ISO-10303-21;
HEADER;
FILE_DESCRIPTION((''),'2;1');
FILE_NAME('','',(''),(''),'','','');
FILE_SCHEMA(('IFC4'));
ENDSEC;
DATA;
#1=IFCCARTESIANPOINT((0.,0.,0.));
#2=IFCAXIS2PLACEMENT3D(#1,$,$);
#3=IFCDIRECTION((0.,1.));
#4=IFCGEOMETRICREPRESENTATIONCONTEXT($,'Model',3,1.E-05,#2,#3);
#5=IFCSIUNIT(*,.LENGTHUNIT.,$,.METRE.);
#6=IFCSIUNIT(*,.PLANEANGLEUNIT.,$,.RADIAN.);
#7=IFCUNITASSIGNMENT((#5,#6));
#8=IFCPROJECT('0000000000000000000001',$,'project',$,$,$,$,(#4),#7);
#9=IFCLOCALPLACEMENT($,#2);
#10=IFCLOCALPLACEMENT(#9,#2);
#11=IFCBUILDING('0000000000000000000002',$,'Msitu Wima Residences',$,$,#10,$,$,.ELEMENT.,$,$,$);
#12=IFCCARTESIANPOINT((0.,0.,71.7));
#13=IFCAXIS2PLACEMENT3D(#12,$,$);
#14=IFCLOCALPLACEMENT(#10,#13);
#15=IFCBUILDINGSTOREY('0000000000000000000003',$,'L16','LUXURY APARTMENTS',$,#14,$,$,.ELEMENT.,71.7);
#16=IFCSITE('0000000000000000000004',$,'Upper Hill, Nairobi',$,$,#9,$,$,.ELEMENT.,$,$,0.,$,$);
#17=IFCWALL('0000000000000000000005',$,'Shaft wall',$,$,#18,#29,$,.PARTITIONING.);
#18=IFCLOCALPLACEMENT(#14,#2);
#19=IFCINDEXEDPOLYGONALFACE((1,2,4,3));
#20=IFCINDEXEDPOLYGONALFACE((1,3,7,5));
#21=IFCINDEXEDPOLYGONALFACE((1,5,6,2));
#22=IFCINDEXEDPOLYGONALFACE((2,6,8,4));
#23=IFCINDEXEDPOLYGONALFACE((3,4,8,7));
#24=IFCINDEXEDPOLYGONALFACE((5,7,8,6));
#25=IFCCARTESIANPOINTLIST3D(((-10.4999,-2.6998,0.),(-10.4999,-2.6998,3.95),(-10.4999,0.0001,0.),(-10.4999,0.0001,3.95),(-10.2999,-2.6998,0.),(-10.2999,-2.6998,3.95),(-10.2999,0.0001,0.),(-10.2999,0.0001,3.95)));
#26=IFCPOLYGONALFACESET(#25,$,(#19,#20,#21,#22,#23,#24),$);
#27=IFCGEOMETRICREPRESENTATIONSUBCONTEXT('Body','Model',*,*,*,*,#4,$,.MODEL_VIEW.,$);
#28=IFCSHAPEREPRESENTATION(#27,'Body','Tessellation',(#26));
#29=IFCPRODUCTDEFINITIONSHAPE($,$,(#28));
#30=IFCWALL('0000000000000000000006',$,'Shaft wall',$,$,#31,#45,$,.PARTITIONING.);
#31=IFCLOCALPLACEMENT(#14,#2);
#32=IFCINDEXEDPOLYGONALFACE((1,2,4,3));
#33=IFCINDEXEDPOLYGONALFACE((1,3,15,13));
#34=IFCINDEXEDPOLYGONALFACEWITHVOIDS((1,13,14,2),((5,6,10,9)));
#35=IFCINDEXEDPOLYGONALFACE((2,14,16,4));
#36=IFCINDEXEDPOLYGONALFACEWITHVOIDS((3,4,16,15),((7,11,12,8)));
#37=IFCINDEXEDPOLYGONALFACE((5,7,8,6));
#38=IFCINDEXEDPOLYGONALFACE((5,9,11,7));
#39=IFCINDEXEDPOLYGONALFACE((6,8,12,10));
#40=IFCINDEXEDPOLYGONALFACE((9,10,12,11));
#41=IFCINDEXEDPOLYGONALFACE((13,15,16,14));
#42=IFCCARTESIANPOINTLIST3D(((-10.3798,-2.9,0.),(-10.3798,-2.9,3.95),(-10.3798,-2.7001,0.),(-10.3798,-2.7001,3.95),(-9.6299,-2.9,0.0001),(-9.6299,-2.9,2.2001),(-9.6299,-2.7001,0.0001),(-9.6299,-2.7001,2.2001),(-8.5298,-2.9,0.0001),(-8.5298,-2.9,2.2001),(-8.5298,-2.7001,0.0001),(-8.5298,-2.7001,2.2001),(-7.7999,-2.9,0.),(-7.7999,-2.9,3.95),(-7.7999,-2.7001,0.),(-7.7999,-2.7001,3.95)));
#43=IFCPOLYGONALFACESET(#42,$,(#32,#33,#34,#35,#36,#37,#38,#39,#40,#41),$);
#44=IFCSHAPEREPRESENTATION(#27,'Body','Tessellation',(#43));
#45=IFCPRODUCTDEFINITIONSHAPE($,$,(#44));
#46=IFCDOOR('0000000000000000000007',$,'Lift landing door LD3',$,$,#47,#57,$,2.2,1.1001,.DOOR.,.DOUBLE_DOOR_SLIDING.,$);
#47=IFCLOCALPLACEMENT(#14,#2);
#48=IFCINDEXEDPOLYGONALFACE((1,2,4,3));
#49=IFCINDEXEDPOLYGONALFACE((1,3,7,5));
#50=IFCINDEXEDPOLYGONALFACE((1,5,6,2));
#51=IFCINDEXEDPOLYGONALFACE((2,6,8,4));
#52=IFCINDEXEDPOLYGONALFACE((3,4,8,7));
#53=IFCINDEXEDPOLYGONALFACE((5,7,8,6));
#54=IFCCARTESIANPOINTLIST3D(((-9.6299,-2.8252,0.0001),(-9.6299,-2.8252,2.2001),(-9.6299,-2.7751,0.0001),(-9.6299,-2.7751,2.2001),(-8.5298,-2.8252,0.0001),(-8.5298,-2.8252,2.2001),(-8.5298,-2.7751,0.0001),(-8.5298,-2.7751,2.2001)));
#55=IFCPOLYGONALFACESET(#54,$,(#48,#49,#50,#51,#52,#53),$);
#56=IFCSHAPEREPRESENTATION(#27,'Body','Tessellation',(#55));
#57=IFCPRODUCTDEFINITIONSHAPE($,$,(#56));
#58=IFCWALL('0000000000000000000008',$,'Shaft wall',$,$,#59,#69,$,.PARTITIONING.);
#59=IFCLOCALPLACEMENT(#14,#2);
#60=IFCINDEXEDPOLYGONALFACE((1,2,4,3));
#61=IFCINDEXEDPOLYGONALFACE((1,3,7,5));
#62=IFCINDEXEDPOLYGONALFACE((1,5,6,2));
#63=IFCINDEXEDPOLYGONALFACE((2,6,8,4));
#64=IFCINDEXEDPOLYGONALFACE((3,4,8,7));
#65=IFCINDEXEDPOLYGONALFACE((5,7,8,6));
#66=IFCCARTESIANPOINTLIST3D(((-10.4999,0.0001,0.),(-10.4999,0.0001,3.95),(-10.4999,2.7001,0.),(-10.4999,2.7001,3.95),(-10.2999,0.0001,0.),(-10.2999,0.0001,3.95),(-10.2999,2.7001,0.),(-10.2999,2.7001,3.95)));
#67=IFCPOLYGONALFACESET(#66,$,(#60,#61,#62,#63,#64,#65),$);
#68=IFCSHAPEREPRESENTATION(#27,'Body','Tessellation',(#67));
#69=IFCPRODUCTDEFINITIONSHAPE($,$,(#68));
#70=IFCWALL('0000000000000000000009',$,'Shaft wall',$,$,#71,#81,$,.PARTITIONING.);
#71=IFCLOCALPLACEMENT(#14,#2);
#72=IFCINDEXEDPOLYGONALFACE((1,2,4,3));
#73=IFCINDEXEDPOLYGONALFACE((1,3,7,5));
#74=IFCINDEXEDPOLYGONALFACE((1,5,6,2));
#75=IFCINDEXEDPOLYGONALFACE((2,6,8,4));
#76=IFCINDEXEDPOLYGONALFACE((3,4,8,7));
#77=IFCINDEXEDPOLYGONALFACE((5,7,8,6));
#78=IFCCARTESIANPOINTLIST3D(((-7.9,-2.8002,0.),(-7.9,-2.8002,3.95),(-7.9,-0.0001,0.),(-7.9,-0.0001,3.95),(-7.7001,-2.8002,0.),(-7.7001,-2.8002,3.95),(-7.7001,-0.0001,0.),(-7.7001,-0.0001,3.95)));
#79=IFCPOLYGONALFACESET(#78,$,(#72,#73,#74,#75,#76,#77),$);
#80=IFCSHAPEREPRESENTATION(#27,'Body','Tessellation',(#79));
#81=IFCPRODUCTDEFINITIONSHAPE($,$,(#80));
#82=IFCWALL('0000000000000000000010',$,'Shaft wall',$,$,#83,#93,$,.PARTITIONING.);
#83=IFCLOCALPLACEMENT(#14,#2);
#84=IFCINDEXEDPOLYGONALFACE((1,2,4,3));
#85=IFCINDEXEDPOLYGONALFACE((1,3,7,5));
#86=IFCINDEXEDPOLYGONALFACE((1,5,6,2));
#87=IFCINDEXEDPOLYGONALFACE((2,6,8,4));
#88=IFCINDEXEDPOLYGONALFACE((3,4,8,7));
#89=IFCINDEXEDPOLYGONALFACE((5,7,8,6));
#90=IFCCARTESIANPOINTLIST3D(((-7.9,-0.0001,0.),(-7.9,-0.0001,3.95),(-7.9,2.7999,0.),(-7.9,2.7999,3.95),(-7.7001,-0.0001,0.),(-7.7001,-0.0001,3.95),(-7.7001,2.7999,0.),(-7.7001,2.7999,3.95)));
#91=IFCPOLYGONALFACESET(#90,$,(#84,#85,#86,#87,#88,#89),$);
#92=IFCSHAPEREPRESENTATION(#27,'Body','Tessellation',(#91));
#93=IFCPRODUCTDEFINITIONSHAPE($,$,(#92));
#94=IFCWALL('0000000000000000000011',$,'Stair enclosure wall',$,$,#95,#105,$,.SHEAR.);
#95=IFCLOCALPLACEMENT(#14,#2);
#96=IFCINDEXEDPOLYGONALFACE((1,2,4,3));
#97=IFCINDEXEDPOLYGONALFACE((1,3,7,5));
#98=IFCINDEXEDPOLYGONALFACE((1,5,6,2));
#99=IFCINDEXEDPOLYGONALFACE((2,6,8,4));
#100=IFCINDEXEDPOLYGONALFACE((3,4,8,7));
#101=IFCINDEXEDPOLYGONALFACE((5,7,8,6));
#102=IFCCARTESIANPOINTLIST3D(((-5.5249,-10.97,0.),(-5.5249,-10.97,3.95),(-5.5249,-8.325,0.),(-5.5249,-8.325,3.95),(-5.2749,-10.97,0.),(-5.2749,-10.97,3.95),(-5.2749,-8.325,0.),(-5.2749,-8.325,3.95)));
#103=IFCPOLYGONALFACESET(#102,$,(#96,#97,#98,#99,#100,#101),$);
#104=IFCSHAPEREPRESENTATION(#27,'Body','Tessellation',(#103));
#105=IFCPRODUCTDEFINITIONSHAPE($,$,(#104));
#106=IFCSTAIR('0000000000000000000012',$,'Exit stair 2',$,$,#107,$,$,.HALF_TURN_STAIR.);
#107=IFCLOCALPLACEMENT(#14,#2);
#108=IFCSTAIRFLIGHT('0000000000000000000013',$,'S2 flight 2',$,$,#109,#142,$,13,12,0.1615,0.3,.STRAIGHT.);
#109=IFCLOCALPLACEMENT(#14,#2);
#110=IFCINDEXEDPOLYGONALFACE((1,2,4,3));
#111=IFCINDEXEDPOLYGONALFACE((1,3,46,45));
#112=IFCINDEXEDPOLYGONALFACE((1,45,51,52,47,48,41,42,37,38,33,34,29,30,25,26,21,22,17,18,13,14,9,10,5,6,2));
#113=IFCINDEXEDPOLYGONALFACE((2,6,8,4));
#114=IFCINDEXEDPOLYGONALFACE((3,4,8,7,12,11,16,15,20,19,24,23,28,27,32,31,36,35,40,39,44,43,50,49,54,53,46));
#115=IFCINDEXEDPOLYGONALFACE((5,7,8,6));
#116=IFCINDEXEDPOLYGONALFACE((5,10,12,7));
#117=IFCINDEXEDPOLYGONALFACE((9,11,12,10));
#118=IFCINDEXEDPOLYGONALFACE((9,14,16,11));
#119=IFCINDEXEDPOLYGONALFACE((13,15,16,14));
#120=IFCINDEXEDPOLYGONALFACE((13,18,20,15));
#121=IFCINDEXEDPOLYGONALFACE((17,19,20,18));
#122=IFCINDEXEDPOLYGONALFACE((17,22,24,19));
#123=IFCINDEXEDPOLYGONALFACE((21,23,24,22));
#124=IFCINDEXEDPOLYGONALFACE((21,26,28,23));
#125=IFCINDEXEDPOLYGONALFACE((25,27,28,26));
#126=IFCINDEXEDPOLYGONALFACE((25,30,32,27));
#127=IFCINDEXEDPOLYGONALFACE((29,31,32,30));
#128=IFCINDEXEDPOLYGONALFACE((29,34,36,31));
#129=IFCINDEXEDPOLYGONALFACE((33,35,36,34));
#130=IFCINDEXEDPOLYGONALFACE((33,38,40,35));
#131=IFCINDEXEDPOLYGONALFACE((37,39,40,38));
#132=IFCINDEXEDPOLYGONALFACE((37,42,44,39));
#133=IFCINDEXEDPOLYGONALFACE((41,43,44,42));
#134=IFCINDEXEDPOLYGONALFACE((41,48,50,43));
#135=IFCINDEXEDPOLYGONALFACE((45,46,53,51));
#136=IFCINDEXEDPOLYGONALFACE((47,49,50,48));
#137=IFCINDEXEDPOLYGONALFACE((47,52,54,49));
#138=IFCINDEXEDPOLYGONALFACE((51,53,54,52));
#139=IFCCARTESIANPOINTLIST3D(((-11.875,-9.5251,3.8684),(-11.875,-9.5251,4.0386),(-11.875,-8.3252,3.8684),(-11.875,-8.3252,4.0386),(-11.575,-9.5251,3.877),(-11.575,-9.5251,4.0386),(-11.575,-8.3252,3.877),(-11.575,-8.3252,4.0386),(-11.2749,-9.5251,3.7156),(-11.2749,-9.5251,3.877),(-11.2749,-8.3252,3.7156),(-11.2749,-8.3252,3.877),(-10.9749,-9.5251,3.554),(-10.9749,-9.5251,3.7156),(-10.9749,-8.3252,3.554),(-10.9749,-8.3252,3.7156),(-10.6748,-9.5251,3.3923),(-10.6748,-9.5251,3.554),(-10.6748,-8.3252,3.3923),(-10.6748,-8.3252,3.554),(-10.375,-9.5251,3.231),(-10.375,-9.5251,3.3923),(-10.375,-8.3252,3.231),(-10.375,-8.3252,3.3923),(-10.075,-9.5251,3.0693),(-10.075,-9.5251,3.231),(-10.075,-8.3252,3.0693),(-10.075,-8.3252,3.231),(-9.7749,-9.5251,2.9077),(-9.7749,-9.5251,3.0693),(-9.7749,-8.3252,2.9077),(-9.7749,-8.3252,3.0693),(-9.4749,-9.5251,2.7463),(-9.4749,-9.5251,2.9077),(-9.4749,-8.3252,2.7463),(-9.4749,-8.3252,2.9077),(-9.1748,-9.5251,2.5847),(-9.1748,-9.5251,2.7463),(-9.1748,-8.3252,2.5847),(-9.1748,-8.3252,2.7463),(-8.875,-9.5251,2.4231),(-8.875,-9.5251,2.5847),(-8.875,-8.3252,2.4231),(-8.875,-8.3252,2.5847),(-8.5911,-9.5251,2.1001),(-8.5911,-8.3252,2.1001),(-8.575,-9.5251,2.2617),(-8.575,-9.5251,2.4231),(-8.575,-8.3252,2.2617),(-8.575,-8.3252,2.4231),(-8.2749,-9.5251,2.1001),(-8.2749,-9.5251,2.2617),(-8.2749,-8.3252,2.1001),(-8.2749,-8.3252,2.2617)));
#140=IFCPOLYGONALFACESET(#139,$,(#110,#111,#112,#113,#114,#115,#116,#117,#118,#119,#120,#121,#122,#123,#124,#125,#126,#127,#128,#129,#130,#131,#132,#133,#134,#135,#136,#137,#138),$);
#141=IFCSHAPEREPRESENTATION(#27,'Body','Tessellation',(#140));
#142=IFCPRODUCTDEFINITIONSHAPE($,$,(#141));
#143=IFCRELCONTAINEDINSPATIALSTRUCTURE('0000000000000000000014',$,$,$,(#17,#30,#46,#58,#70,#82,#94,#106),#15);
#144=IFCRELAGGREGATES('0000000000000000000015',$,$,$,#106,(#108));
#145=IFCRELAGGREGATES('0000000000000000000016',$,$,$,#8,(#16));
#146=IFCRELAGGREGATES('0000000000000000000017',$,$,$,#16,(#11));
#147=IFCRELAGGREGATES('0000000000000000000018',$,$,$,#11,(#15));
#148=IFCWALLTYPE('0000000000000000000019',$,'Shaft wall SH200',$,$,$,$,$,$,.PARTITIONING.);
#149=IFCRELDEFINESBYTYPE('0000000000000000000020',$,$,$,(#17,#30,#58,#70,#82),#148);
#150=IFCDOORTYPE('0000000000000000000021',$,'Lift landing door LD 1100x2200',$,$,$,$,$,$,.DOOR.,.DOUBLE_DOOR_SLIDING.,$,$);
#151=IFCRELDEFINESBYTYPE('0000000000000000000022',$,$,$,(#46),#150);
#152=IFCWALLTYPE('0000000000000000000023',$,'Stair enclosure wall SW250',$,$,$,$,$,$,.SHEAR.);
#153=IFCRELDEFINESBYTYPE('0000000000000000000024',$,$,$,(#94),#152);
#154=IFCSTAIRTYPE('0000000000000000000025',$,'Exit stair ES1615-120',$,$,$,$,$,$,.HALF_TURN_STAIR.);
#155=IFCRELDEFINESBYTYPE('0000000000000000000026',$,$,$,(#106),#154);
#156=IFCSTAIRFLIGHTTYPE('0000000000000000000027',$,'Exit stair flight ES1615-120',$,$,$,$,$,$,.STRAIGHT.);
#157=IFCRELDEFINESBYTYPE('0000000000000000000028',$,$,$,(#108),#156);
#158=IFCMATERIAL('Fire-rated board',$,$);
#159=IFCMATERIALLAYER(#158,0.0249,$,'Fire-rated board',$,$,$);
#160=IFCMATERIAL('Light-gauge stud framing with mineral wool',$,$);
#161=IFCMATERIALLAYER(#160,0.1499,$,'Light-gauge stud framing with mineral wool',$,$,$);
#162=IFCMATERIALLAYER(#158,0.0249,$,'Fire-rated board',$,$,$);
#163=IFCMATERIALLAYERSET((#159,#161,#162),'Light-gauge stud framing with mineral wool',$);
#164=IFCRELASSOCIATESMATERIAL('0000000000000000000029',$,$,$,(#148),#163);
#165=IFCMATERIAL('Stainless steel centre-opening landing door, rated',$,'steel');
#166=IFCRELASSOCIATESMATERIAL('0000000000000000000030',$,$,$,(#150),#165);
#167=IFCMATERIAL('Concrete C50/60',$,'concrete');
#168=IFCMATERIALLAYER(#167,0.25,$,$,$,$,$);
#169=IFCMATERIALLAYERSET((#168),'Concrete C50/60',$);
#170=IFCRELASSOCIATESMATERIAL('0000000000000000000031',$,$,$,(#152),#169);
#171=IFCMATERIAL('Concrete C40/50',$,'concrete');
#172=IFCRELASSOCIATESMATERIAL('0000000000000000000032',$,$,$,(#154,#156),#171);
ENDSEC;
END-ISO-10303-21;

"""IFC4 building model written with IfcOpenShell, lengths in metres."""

from ifc_helpers import new_model, si_unit, direction, frame, frame_2d, origin, place, context, subcontext, project, spatial, polyline, rectangle, outline, extrude, material, layer, layer_set, type_object, element, fill, aggregate, save


model = new_model("IFC4")

# Units and contexts
model_context = context("Model", 3, precision=1e-05, world=origin(), true_north=direction((0.0, 1.0)))
body_context = subcontext(model_context, "Body", "Model", "MODEL_VIEW")
ifc_project = project(units=[si_unit("LENGTHUNIT", "METRE"), si_unit("PLANEANGLEUNIT", "RADIAN")], contexts=[model_context])

# Site, building, storey
site_placement = place(None, origin())
site = spatial("IfcSite", under=ifc_project, at=site_placement, Name="Upper Hill, Nairobi", CompositionType="ELEMENT", RefElevation=0.0)
building_placement = place(site_placement, origin())
building = spatial("IfcBuilding", under=site, at=building_placement, Name="Msitu Wima Residences", CompositionType="ELEMENT")
storey_placement = place(building_placement, frame((0.0, 0.0, 71.7)))
storey = spatial("IfcBuildingStorey", under=building, at=storey_placement, Name="L16", Description="LUXURY APARTMENTS", CompositionType="ELEMENT", Elevation=71.7)

# Shared definitions
ifc_material_1 = material(Name="Concrete C40/50", Category="concrete")

# Wall
ifc_material_2 = material(Name="Fire-rated board")
ifc_layer_1 = layer(ifc_material_2, 0.0249, Name="Fire-rated board")
ifc_material_3 = material(Name="Light-gauge stud framing with mineral wool")
ifc_layer_2 = layer(ifc_material_3, 0.1499, Name="Light-gauge stud framing with mineral wool")
ifc_layer_3 = layer(ifc_material_2, 0.0249, Name="Fire-rated board")
ifc_layer_set_1 = layer_set([ifc_layer_1, ifc_layer_2, ifc_layer_3], Name="Light-gauge stud framing with mineral wool")
wall_type_1 = type_object("IfcWallType", Name="Shaft wall SH200", PredefinedType="PARTITIONING", material=ifc_layer_set_1)
wall_1_placement = place(storey_placement, frame((-10.3999, -2.7, 0.0), z_axis=(0.0, 0.0, 1.0), x_axis=(0.0, 1.0, 0.0)))
element("IfcWall", 1, at=wall_1_placement, inside=storey, type_object=wall_type_1, Name="Shaft wall", PredefinedType="PARTITIONING", context=body_context, shape_type="SweptSolid", body=[
    extrude(rectangle(XDim=2.7, YDim=0.2, at=frame_2d((1.3501, 0.0))), origin(), (0.0, 0.0, 1.0), 3.95),
])

# Wall, opening, door
wall_2_placement = place(storey_placement, frame((-10.3799, -2.8, 0.0), z_axis=(0.0, 0.0, 1.0), x_axis=(1.0, 0.0, 0.0)))
wall_2 = element("IfcWall", 2, at=wall_2_placement, inside=storey, type_object=wall_type_1, Name="Shaft wall", PredefinedType="PARTITIONING", context=body_context, shape_type="SweptSolid", body=[
    extrude(rectangle(XDim=2.5798, YDim=0.2, at=frame_2d((1.29, 0.0))), origin(), (0.0, 0.0, 1.0), 3.95),
])
opening_1_placement = place(wall_2_placement, frame((0.75, 0.0, 0.0)))
opening_1 = element("IfcOpeningElement", 3, at=opening_1_placement, cuts=wall_2, PredefinedType="OPENING", context=body_context, shape_type="SweptSolid", body=[
    extrude(rectangle(XDim=1.1001, YDim=2.2, at=frame_2d((0.55, 1.1001))), frame((0.0, 0.1099, 0.0), z_axis=(0.0, -1.0, 0.0), x_axis=(1.0, 0.0, 0.0)), (0.0, 0.0, 1.0), 0.22),
])
ifc_material_4 = material(Name="Stainless steel centre-opening landing door, rated", Category="steel")
door_type_1 = type_object("IfcDoorType", Name="Lift landing door LD 1100x2200", OperationType="DOUBLE_DOOR_SLIDING", PredefinedType="DOOR", material=ifc_material_4)
door_1_placement = place(opening_1_placement, origin())
door_1 = element("IfcDoor", 4, at=door_1_placement, inside=storey, type_object=door_type_1, Name="Lift landing door LD3", OperationType="DOUBLE_DOOR_SLIDING", OverallHeight=2.2, OverallWidth=1.1001, PredefinedType="DOOR", context=body_context, shape_type="SweptSolid", body=[
    extrude(rectangle(XDim=1.1001, YDim=2.2, at=frame_2d((0.55, 1.1001))), frame((0.0, 0.0249, 0.0), z_axis=(0.0, -1.0, 0.0), x_axis=(1.0, 0.0, 0.0)), (0.0, 0.0, 1.0), 0.05),
])
fill(opening_1, door_1)

# Walls
wall_3_placement = place(storey_placement, frame((-10.3999, 0.0, 0.0), z_axis=(0.0, 0.0, 1.0), x_axis=(0.0, 1.0, 0.0)))
element("IfcWall", 5, at=wall_3_placement, inside=storey, type_object=wall_type_1, Name="Shaft wall", PredefinedType="PARTITIONING", context=body_context, shape_type="SweptSolid", body=[
    extrude(rectangle(XDim=2.7, YDim=0.2, at=frame_2d((1.3501, 0.0))), origin(), (0.0, 0.0, 1.0), 3.95),
])
for number, where, z_axis, x_axis, name in (
    (6, (-7.8, -2.8, 0.0), (0.0, 0.0, 1.0), (0.0, 1.0, 0.0), "Shaft wall"),
    (7, (-7.8, 0.0, 0.0), (0.0, 0.0, 1.0), (0.0, 1.0, 0.0), "Shaft wall"),
):
    element("IfcWall", number, at=place(storey_placement, frame(where, z_axis=z_axis, x_axis=x_axis)), inside=storey, type_object=wall_type_1, Name=name, PredefinedType="PARTITIONING", context=body_context, shape_type="SweptSolid", body=[
        extrude(rectangle(XDim=2.8, YDim=0.2, at=frame_2d((1.3999, 0.0))), origin(), (0.0, 0.0, 1.0), 3.95),
    ])
ifc_material_5 = material(Name="Concrete C50/60", Category="concrete")
ifc_layer_4 = layer(ifc_material_5, 0.25)
ifc_layer_set_2 = layer_set([ifc_layer_4], Name="Concrete C50/60")
wall_type_2 = type_object("IfcWallType", Name="Stair enclosure wall SW250", PredefinedType="SHEAR", material=ifc_layer_set_2)
wall_4_placement = place(storey_placement, frame((-5.3999, -10.97, 0.0), z_axis=(0.0, 0.0, 1.0), x_axis=(0.0, 1.0, 0.0)))
element("IfcWall", 8, at=wall_4_placement, inside=storey, type_object=wall_type_2, Name="Stair enclosure wall", PredefinedType="SHEAR", context=body_context, shape_type="SweptSolid", body=[
    extrude(rectangle(XDim=2.645, YDim=0.25, at=frame_2d((1.3225, 0.0))), origin(), (0.0, 0.0, 1.0), 3.95),
])

# Stair, stair flight
stair_type = type_object("IfcStairType", Name="Exit stair ES1615-120", PredefinedType="HALF_TURN_STAIR", material=ifc_material_1)
stair_placement = place(storey_placement, origin())
stair = element("IfcStair", 9, at=stair_placement, inside=storey, type_object=stair_type, Name="Exit stair 2", PredefinedType="HALF_TURN_STAIR")
stair_flight_type = type_object("IfcStairFlightType", Name="Exit stair flight ES1615-120", PredefinedType="STRAIGHT", material=ifc_material_1)
stair_flight_placement = place(storey_placement, frame((-8.2749, -8.925, 2.1001), z_axis=(0.0, 0.0, 1.0), x_axis=(-1.0, 0.0, 0.0)))
stair_flight = element("IfcStairFlight", 10, at=stair_flight_placement, type_object=stair_flight_type, Name="S2 flight 2", NumberOfRisers=13, NumberOfTreads=12, PredefinedType="STRAIGHT", RiserHeight=0.1615, TreadLength=0.3, context=body_context, shape_type="SweptSolid", body=[
    extrude(outline(polyline([(0.0, 0.0), (0.0, 0.1616), (0.3, 0.1616), (0.3, 0.323), (0.6001, 0.323), (0.6001, 0.4846), (0.8999, 0.4846), (0.8999, 0.6462), (1.2, 0.6462), (1.2, 0.8076), (1.5, 0.8076), (1.5, 0.9692), (1.8, 0.9692), (1.8, 1.1309), (2.1001, 1.1309), (2.1001, 1.2922), (2.3999, 1.2922), (2.3999, 1.4539), (2.7, 1.4539), (2.7, 1.6155), (3.0, 1.6155), (3.0, 1.7769), (3.3, 1.7769), (3.3, 1.9385), (3.6001, 1.9385), (3.6001, 2.1001), (3.6001, 1.7683), (0.3162, 0.0), (0.0, 0.0)])), frame((0.0, 0.6001, 0.0), z_axis=(0.0, -1.0, 0.0), x_axis=(1.0, 0.0, 0.0)), (0.0, 0.0, 1.0), 1.2),
])
aggregate(stair, [stair_flight])

save(model, "model.ifc")
